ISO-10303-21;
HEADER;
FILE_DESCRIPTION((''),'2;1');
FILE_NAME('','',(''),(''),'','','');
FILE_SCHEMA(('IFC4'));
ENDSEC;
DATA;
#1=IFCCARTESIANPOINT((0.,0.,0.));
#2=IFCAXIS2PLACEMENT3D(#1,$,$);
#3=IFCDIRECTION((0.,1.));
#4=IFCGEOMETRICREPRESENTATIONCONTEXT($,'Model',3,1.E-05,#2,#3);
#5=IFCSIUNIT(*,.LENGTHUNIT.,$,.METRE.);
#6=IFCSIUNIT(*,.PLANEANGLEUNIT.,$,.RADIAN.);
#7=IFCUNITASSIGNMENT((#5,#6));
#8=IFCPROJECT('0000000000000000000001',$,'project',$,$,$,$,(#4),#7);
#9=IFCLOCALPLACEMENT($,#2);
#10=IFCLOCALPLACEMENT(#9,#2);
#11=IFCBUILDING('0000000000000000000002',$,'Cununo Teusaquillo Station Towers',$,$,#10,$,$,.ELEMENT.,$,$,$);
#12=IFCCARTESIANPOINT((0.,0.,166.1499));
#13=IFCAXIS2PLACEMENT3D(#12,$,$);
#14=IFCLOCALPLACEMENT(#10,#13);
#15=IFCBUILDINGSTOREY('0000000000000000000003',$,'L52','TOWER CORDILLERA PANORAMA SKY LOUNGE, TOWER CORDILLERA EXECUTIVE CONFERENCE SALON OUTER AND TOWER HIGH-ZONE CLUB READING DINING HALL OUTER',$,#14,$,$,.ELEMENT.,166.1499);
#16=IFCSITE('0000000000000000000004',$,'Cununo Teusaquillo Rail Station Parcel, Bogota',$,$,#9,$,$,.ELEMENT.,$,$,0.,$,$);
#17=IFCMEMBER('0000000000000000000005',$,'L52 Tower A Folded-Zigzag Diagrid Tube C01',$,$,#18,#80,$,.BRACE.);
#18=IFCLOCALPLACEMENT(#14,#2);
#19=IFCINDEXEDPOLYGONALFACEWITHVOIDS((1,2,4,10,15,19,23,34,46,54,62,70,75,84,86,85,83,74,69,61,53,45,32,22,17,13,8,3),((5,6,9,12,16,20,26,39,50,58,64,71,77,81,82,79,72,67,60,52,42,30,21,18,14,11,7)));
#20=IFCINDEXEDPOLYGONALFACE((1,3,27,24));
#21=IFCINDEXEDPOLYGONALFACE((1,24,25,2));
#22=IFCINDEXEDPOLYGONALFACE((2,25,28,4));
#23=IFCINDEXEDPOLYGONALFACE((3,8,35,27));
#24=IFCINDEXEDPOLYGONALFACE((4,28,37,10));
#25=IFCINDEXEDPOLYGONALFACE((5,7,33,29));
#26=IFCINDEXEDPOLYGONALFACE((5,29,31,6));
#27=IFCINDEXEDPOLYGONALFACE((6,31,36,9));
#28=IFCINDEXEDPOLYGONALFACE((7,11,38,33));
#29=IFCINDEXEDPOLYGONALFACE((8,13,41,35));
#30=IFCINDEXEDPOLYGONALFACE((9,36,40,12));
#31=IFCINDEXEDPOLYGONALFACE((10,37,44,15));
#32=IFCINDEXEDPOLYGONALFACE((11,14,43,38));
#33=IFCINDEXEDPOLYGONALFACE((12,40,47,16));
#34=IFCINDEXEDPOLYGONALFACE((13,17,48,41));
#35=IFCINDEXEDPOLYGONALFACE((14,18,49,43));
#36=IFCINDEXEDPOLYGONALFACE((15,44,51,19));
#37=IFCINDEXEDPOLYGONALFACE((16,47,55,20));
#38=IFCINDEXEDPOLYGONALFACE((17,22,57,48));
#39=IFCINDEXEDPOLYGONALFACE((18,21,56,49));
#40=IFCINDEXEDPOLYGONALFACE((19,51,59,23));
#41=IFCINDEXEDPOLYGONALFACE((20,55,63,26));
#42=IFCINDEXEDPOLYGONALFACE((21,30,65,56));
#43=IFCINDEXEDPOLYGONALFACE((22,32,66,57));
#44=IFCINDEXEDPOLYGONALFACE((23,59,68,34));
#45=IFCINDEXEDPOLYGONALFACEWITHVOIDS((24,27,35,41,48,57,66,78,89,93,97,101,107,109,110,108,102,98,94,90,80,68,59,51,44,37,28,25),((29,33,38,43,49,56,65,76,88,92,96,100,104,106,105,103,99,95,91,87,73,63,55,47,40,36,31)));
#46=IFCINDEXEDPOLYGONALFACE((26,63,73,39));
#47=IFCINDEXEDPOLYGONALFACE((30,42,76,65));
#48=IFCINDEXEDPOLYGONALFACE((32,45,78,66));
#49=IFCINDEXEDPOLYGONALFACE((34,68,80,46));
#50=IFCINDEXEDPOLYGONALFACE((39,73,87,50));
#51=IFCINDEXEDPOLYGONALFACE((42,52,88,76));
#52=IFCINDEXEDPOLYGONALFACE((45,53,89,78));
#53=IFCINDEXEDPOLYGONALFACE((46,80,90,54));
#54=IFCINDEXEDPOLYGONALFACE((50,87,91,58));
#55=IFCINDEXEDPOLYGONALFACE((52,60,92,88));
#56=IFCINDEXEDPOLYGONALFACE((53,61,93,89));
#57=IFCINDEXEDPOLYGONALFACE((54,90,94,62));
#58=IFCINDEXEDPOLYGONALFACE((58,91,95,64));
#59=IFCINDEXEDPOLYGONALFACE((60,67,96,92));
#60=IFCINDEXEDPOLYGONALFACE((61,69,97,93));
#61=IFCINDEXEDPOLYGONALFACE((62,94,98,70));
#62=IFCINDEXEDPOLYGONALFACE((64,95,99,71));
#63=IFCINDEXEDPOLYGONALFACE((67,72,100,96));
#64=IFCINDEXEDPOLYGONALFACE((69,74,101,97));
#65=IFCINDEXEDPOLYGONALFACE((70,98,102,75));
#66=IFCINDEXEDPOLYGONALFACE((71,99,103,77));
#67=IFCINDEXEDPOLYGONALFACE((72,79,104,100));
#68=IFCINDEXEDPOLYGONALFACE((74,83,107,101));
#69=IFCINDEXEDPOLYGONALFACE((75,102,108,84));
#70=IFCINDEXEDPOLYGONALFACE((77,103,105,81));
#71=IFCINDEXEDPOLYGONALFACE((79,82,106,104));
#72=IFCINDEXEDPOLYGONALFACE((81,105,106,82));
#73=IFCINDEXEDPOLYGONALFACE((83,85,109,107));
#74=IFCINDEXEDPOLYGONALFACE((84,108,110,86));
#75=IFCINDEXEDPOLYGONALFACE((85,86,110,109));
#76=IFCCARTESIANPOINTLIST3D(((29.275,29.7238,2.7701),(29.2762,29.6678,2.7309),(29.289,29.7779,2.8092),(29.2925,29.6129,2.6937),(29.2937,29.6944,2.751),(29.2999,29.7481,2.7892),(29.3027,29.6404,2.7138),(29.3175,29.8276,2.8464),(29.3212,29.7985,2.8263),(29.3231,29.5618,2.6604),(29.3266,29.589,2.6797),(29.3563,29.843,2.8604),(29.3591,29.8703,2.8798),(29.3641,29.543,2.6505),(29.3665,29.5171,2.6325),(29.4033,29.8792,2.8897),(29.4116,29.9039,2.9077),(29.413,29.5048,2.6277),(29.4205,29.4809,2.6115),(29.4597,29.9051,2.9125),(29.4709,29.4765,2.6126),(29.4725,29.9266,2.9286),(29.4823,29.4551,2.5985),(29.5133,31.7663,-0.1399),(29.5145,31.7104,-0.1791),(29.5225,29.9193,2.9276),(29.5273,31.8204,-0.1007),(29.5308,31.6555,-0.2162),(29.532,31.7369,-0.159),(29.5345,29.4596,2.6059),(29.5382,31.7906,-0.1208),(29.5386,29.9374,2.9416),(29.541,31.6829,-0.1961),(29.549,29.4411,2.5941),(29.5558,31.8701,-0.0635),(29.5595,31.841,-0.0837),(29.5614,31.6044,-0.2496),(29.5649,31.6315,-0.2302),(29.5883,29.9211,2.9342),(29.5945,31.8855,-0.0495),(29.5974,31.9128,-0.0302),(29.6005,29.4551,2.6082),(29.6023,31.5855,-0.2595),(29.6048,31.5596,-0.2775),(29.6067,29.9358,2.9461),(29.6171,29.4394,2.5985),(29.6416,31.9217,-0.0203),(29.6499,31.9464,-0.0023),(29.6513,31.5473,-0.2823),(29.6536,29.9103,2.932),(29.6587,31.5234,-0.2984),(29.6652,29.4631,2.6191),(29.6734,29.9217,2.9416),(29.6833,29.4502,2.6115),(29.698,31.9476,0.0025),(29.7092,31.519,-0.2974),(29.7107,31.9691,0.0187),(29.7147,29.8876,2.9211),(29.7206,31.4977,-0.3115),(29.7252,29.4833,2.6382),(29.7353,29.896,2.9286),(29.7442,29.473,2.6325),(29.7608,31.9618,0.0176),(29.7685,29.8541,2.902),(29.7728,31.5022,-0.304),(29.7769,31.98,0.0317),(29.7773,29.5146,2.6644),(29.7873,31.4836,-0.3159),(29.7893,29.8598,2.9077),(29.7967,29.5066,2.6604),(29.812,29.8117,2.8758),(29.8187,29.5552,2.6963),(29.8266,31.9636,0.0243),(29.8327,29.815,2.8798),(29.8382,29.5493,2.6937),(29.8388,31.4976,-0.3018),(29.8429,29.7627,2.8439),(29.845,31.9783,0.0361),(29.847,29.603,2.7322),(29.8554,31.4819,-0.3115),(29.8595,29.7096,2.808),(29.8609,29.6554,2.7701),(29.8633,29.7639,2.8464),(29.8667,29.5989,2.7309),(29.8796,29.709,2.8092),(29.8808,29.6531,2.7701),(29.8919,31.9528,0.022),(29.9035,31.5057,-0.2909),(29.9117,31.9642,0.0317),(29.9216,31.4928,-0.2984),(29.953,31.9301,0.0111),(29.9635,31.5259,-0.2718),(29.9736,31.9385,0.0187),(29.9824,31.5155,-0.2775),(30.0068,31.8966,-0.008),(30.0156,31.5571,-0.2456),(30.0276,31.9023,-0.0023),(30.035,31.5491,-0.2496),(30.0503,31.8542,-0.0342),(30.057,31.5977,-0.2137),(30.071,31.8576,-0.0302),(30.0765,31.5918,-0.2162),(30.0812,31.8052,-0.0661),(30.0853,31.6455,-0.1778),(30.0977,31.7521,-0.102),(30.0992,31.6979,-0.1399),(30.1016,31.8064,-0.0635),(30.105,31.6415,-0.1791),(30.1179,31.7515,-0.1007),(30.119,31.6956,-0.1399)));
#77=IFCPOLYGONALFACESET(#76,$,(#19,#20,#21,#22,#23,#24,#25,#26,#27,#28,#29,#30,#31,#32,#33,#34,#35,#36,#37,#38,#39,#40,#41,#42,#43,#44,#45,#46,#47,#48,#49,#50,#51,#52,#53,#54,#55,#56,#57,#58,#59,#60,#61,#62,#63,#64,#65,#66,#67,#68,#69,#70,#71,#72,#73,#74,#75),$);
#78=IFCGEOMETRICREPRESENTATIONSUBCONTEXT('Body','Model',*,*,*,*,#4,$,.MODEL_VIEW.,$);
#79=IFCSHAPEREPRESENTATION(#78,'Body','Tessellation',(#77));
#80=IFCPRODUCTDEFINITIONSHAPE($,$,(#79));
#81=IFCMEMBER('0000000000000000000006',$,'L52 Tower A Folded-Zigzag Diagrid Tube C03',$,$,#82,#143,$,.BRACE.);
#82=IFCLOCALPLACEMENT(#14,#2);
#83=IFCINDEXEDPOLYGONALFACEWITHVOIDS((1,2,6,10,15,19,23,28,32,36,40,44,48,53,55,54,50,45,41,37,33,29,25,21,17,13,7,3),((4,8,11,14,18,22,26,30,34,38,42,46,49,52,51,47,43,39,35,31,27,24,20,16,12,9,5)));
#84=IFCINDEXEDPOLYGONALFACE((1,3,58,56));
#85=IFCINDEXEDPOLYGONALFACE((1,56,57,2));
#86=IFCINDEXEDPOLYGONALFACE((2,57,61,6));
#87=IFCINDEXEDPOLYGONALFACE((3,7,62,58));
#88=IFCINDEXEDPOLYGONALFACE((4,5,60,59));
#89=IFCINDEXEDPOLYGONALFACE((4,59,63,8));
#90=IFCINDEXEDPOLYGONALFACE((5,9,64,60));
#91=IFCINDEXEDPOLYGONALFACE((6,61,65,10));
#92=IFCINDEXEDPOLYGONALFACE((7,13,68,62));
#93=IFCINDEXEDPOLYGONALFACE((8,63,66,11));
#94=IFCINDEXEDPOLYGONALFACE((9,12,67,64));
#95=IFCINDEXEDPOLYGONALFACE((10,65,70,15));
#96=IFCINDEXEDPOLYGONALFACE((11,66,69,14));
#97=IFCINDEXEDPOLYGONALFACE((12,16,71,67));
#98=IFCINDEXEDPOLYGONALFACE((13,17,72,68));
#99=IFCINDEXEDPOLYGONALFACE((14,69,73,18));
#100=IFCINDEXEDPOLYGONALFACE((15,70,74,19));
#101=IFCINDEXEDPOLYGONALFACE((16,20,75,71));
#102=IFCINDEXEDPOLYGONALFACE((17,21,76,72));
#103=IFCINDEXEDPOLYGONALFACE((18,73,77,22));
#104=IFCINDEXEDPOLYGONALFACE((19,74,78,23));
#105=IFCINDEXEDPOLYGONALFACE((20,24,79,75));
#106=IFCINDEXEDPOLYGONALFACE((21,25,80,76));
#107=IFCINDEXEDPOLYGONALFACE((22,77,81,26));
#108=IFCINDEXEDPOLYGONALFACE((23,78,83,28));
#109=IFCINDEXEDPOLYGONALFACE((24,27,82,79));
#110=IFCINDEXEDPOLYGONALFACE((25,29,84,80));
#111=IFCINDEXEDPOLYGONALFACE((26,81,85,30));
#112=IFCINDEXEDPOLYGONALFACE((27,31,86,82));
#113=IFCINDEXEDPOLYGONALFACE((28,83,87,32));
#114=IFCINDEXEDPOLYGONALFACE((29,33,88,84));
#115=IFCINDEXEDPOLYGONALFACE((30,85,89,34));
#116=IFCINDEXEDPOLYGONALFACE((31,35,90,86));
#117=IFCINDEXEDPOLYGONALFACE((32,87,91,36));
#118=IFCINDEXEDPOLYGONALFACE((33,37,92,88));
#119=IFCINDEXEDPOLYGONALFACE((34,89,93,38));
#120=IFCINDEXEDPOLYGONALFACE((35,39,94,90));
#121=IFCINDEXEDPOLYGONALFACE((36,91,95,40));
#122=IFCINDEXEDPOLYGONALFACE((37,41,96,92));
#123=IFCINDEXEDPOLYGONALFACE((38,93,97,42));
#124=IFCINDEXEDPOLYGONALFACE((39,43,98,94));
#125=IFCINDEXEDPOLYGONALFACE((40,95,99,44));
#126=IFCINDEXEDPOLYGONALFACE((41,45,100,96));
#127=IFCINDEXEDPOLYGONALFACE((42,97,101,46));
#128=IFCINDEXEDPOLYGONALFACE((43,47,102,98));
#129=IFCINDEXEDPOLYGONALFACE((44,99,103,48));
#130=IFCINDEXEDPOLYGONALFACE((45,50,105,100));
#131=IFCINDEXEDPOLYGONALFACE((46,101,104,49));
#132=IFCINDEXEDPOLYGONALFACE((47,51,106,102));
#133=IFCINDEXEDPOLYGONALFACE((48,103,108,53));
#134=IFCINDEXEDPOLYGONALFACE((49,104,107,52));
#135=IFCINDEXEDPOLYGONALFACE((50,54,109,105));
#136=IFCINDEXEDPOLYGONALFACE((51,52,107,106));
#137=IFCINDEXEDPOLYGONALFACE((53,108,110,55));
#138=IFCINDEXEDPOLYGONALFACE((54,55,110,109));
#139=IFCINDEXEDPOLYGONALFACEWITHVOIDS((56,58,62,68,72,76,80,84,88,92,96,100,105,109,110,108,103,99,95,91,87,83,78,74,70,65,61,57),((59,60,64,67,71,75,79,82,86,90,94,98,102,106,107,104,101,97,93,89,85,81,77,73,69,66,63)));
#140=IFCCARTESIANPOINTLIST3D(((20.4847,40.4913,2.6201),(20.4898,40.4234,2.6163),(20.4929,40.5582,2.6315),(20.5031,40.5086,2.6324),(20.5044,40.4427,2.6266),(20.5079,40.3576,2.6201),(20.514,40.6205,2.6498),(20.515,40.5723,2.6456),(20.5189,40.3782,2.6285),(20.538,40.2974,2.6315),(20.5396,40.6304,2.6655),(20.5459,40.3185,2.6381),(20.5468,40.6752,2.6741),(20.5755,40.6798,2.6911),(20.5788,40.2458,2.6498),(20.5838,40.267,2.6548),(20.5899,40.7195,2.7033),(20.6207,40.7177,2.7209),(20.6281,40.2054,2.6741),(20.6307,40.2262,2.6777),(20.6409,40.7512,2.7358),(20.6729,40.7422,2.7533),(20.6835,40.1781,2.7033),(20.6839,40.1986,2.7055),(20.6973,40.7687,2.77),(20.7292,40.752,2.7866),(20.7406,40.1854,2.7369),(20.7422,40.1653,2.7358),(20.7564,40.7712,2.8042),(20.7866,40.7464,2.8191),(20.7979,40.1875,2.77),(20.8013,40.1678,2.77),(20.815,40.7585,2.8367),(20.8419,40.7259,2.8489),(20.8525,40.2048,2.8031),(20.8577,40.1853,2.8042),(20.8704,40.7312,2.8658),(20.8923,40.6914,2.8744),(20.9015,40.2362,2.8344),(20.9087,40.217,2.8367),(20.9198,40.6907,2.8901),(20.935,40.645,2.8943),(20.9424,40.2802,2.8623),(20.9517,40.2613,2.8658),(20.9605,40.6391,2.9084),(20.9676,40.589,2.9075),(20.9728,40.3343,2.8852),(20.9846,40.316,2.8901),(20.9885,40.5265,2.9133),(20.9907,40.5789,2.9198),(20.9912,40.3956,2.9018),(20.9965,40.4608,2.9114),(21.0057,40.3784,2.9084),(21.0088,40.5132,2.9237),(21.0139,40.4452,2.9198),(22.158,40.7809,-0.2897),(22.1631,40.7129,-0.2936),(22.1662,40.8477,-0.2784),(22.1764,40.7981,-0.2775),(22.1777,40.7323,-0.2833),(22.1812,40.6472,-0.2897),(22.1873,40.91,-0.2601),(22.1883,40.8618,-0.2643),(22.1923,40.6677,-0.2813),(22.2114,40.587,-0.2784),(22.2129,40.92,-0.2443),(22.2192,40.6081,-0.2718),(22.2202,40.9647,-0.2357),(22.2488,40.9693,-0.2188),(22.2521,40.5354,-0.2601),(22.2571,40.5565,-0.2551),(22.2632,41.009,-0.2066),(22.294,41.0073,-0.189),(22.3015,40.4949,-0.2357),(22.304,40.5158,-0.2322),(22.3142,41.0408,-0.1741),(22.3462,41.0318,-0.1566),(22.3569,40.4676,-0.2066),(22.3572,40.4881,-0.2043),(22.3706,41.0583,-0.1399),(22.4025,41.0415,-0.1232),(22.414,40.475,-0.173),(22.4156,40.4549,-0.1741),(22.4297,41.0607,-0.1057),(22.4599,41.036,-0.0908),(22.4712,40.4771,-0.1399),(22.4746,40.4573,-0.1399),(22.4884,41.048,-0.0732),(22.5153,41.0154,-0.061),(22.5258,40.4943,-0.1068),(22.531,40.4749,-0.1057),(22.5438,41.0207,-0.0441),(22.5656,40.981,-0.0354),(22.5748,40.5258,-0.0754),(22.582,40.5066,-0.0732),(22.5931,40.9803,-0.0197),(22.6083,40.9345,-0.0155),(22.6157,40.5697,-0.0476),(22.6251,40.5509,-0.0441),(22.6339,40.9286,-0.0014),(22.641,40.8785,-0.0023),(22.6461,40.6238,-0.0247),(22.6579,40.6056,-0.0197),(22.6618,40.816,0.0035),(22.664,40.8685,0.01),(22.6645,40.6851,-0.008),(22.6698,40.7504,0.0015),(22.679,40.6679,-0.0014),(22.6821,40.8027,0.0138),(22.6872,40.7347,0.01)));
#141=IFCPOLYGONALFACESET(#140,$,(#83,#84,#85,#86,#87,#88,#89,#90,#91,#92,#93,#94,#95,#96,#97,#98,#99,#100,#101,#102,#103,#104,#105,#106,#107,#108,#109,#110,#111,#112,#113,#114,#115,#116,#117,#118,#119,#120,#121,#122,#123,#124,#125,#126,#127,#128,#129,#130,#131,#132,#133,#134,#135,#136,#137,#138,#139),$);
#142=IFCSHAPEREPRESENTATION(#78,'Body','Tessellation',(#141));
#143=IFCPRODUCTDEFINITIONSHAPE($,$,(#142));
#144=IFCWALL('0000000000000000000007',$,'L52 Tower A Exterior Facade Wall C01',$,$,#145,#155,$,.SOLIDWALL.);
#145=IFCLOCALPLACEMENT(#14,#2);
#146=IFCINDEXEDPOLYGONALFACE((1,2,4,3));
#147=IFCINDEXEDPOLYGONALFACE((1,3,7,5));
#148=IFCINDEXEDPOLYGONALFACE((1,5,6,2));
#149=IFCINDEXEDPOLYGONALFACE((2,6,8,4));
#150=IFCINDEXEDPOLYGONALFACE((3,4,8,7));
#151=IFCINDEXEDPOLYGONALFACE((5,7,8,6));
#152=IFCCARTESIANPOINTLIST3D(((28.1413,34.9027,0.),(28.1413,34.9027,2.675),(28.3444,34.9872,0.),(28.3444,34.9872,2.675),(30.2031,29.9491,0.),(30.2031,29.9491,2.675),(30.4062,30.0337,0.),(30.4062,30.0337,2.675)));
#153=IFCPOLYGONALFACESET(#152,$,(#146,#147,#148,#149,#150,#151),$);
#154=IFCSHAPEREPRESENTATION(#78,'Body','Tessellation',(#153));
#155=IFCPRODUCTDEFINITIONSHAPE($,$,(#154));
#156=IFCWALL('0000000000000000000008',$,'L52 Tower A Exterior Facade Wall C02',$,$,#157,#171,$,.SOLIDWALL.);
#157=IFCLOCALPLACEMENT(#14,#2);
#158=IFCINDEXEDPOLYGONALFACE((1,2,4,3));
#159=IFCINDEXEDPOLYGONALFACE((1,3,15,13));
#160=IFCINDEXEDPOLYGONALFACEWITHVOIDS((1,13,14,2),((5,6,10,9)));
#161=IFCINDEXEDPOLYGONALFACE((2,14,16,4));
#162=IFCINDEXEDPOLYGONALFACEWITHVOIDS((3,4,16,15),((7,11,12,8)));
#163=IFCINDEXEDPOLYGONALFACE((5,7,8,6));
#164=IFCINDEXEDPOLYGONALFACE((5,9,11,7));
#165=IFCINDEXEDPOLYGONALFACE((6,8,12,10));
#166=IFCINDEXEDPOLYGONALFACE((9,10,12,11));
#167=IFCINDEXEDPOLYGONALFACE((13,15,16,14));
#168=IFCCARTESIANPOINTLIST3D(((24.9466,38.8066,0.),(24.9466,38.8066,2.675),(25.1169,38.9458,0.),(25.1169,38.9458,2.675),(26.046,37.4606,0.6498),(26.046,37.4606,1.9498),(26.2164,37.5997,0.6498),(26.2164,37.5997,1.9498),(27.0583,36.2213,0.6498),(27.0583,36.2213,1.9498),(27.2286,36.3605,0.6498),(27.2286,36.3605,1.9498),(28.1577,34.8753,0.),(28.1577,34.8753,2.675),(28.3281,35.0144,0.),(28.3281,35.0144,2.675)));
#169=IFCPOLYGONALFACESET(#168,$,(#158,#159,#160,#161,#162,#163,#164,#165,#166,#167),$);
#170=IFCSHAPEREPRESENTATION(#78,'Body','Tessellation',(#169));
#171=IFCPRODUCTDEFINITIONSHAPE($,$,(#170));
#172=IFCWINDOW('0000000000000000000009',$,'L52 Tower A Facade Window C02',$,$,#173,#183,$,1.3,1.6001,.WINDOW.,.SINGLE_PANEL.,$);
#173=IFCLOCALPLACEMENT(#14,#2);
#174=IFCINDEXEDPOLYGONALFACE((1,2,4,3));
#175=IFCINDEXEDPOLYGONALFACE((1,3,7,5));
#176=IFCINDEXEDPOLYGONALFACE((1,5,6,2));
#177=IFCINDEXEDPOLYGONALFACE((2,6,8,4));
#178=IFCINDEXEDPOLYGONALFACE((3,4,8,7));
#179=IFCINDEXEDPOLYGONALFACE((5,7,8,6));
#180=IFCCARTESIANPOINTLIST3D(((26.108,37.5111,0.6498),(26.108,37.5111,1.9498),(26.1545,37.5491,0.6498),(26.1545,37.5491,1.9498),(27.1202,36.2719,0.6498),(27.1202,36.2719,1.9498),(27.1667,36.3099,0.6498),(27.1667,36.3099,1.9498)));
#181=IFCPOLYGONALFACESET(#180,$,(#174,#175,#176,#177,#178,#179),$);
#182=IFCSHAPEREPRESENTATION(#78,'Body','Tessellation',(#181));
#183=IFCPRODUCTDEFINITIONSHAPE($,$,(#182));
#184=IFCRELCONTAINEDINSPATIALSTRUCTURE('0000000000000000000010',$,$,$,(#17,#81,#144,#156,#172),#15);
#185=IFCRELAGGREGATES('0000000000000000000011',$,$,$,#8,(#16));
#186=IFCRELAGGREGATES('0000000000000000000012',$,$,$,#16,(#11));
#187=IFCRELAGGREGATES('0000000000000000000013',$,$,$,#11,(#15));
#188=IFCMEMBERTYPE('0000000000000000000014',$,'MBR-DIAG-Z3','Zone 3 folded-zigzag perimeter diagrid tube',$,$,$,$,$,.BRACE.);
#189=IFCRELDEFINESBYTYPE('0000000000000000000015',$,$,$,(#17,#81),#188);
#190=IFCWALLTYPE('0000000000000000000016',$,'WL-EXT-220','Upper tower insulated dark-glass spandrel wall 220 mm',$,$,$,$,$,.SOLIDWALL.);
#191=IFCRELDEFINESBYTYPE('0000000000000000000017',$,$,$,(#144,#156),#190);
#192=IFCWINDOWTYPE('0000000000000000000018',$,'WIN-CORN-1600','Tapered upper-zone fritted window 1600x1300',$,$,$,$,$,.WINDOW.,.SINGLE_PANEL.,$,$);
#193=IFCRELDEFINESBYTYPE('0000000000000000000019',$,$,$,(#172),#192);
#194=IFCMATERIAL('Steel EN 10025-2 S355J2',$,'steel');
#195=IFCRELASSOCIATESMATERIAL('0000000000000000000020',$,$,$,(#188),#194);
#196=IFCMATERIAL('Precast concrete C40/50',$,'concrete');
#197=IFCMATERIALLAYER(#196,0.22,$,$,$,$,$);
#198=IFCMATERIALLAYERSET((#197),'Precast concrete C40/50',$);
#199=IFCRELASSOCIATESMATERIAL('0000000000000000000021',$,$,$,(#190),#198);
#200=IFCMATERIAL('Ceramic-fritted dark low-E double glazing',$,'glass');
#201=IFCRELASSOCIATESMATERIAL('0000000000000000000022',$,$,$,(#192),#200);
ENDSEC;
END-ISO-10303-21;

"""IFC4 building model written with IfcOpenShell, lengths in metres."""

from ifc_helpers import new_model, si_unit, direction, frame, frame_2d, origin, origin_2d, place, context, subcontext, project, spatial, rectangle, hollow_circle, extrude, source, transform, mapped, material, layer, layer_set, material_profile, profile_set, type_object, element, fill, save


model = new_model("IFC4")

# Units and contexts
model_context = context("Model", 3, precision=1e-05, world=origin(), true_north=direction((0.0, 1.0)))
body_context = subcontext(model_context, "Body", "Model", "MODEL_VIEW")
ifc_project = project(units=[si_unit("LENGTHUNIT", "METRE"), si_unit("PLANEANGLEUNIT", "RADIAN")], contexts=[model_context])

# Site, building, storey
site_placement = place(None, origin())
site = spatial("IfcSite", under=ifc_project, at=site_placement, Name="Cununo Teusaquillo Rail Station Parcel, Bogota", CompositionType="ELEMENT", RefElevation=0.0)
building_placement = place(site_placement, origin())
building = spatial("IfcBuilding", under=site, at=building_placement, Name="Cununo Teusaquillo Station Towers", CompositionType="ELEMENT")
storey_placement = place(building_placement, frame((0.0, 0.0, 166.1499)))
storey = spatial("IfcBuildingStorey", under=building, at=storey_placement, Name="L52", Description="TOWER CORDILLERA PANORAMA SKY LOUNGE, TOWER CORDILLERA EXECUTIVE CONFERENCE SALON OUTER AND TOWER HIGH-ZONE CLUB READING DINING HALL OUTER", CompositionType="ELEMENT", Elevation=166.1499)

# Members
ifc_material_1 = material(Name="Steel EN 10025-2 S355J2", Category="steel")
ifc_material_profile_1 = material_profile(ifc_material_1, hollow_circle(Radius=0.3049, WallThickness=0.02, at=origin_2d()), Name="CHS 610x20")
ifc_profile_set_1 = profile_set([ifc_material_profile_1], Name="Steel EN 10025-2 S355J2")
member_type = type_object("IfcMemberType", Name="MBR-DIAG-Z3", Description="Zone 3 folded-zigzag perimeter diagrid tube", PredefinedType="BRACE", material=ifc_profile_set_1)
member_1_placement = place(storey_placement, frame((29.8162, 31.731, -0.1399), z_axis=(-0.066874, -0.573222, 0.816667), x_axis=(0.993264, -0.115877, 0.0)))
element("IfcMember", 1, at=member_1_placement, inside=storey, type_object=member_type, Name="L52 Tower A Folded-Zigzag Diagrid Tube C01", PredefinedType="BRACE", context=body_context, shape_type="SweptSolid", body=[
    extrude(hollow_circle(Radius=0.3049, WallThickness=0.02, at=origin_2d()), origin(), (0.0, 0.0, 1.0), 3.5632),
])
member_2_placement = place(storey_placement, frame((22.4226, 40.7578, -0.1399), z_axis=(-0.496658, -0.085941, 0.863681), x_axis=(0.170504, -0.985357, 0.0)))
element("IfcMember", 2, at=member_2_placement, inside=storey, type_object=member_type, Name="L52 Tower A Folded-Zigzag Diagrid Tube C03", PredefinedType="BRACE", context=body_context, shape_type="SweptSolid", body=[
    extrude(hollow_circle(Radius=0.3049, WallThickness=0.02, at=origin_2d()), origin(), (0.0, 0.0, 1.0), 3.3691),
])

# Wall
ifc_material_2 = material(Name="Precast concrete C40/50", Category="concrete")
ifc_layer_1 = layer(ifc_material_2, 0.22)
ifc_layer_set_1 = layer_set([ifc_layer_1], Name="Precast concrete C40/50")
wall_type_1 = type_object("IfcWallType", Name="WL-EXT-220", Description="Upper tower insulated dark-glass spandrel wall 220 mm", PredefinedType="SOLIDWALL", material=ifc_layer_set_1)
wall_1_placement = place(storey_placement, frame((28.2429, 34.9448, 0.0), z_axis=(0.0, 0.0, 1.0), x_axis=(0.38426, -0.923225, 0.0)))
element("IfcWall", 3, at=wall_1_placement, inside=storey, type_object=wall_type_1, Name="L52 Tower A Exterior Facade Wall C01", PredefinedType="SOLIDWALL", context=body_context, shape_type="SweptSolid", body=[
    extrude(rectangle(XDim=5.3655, YDim=0.22, at=frame_2d((2.6826, 0.0))), origin(), (0.0, 0.0, 1.0), 2.675),
])

# Wall, opening, window
wall_2_placement = place(storey_placement, frame((25.0317, 38.8762, 0.0), z_axis=(0.0, 0.0, 1.0), x_axis=(0.632599, -0.77448, 0.0)))
wall_2 = element("IfcWall", 4, at=wall_2_placement, inside=storey, type_object=wall_type_1, Name="L52 Tower A Exterior Facade Wall C02", PredefinedType="SOLIDWALL", context=body_context, shape_type="SweptSolid", body=[
    extrude(rectangle(XDim=5.0762, YDim=0.22, at=frame_2d((2.5381, 0.0))), origin(), (0.0, 0.0, 1.0), 2.675),
])
shared_shape_1 = source(origin(), body_context, "Body", "SweptSolid", [
    extrude(rectangle(XDim=1.6001, YDim=1.3, at=frame_2d((0.8, 0.6499))), frame((0.0, 0.1199, 0.0), z_axis=(0.0, -1.0, 0.0), x_axis=(1.0, 0.0, 0.0)), (0.0, 0.0, 1.0), 0.24),
])
opening_1_placement = place(wall_2_placement, frame((1.738, 0.0, 0.6499)))
opening_1 = element("IfcOpeningElement", 5, at=opening_1_placement, cuts=wall_2, PredefinedType="OPENING", context=body_context, shape_type="MappedRepresentation", body=[
    mapped(shared_shape_1, transform((0.0, 0.0, 0.0), x_axis=(1.0, 0.0, 0.0), y_axis=(0.0, 1.0, 0.0), z_axis=(0.0, 0.0, 1.0), scale=1.0)),
])
ifc_material_3 = material(Name="Ceramic-fritted dark low-E double glazing", Category="glass")
window_type = type_object("IfcWindowType", Name="WIN-CORN-1600", Description="Tapered upper-zone fritted window 1600x1300", PartitioningType="SINGLE_PANEL", PredefinedType="WINDOW", material=ifc_material_3)
shared_shape_2 = source(origin(), body_context, "Body", "SweptSolid", [
    extrude(rectangle(XDim=1.6001, YDim=1.3, at=frame_2d((0.8, 0.6499))), frame((0.0, 0.03, 0.0), z_axis=(0.0, -1.0, 0.0), x_axis=(1.0, 0.0, 0.0)), (0.0, 0.0, 1.0), 0.0601),
])
window_placement = place(opening_1_placement, origin())
window = element("IfcWindow", 6, at=window_placement, inside=storey, type_object=window_type, Name="L52 Tower A Facade Window C02", OverallHeight=1.3, OverallWidth=1.6001, PartitioningType="SINGLE_PANEL", PredefinedType="WINDOW", context=body_context, shape_type="MappedRepresentation", body=[
    mapped(shared_shape_2, transform((0.0, 0.0, 0.0), x_axis=(1.0, 0.0, 0.0), y_axis=(0.0, 1.0, 0.0), z_axis=(0.0, 0.0, 1.0), scale=1.0)),
])
fill(opening_1, window)

save(model, "model.ifc")
